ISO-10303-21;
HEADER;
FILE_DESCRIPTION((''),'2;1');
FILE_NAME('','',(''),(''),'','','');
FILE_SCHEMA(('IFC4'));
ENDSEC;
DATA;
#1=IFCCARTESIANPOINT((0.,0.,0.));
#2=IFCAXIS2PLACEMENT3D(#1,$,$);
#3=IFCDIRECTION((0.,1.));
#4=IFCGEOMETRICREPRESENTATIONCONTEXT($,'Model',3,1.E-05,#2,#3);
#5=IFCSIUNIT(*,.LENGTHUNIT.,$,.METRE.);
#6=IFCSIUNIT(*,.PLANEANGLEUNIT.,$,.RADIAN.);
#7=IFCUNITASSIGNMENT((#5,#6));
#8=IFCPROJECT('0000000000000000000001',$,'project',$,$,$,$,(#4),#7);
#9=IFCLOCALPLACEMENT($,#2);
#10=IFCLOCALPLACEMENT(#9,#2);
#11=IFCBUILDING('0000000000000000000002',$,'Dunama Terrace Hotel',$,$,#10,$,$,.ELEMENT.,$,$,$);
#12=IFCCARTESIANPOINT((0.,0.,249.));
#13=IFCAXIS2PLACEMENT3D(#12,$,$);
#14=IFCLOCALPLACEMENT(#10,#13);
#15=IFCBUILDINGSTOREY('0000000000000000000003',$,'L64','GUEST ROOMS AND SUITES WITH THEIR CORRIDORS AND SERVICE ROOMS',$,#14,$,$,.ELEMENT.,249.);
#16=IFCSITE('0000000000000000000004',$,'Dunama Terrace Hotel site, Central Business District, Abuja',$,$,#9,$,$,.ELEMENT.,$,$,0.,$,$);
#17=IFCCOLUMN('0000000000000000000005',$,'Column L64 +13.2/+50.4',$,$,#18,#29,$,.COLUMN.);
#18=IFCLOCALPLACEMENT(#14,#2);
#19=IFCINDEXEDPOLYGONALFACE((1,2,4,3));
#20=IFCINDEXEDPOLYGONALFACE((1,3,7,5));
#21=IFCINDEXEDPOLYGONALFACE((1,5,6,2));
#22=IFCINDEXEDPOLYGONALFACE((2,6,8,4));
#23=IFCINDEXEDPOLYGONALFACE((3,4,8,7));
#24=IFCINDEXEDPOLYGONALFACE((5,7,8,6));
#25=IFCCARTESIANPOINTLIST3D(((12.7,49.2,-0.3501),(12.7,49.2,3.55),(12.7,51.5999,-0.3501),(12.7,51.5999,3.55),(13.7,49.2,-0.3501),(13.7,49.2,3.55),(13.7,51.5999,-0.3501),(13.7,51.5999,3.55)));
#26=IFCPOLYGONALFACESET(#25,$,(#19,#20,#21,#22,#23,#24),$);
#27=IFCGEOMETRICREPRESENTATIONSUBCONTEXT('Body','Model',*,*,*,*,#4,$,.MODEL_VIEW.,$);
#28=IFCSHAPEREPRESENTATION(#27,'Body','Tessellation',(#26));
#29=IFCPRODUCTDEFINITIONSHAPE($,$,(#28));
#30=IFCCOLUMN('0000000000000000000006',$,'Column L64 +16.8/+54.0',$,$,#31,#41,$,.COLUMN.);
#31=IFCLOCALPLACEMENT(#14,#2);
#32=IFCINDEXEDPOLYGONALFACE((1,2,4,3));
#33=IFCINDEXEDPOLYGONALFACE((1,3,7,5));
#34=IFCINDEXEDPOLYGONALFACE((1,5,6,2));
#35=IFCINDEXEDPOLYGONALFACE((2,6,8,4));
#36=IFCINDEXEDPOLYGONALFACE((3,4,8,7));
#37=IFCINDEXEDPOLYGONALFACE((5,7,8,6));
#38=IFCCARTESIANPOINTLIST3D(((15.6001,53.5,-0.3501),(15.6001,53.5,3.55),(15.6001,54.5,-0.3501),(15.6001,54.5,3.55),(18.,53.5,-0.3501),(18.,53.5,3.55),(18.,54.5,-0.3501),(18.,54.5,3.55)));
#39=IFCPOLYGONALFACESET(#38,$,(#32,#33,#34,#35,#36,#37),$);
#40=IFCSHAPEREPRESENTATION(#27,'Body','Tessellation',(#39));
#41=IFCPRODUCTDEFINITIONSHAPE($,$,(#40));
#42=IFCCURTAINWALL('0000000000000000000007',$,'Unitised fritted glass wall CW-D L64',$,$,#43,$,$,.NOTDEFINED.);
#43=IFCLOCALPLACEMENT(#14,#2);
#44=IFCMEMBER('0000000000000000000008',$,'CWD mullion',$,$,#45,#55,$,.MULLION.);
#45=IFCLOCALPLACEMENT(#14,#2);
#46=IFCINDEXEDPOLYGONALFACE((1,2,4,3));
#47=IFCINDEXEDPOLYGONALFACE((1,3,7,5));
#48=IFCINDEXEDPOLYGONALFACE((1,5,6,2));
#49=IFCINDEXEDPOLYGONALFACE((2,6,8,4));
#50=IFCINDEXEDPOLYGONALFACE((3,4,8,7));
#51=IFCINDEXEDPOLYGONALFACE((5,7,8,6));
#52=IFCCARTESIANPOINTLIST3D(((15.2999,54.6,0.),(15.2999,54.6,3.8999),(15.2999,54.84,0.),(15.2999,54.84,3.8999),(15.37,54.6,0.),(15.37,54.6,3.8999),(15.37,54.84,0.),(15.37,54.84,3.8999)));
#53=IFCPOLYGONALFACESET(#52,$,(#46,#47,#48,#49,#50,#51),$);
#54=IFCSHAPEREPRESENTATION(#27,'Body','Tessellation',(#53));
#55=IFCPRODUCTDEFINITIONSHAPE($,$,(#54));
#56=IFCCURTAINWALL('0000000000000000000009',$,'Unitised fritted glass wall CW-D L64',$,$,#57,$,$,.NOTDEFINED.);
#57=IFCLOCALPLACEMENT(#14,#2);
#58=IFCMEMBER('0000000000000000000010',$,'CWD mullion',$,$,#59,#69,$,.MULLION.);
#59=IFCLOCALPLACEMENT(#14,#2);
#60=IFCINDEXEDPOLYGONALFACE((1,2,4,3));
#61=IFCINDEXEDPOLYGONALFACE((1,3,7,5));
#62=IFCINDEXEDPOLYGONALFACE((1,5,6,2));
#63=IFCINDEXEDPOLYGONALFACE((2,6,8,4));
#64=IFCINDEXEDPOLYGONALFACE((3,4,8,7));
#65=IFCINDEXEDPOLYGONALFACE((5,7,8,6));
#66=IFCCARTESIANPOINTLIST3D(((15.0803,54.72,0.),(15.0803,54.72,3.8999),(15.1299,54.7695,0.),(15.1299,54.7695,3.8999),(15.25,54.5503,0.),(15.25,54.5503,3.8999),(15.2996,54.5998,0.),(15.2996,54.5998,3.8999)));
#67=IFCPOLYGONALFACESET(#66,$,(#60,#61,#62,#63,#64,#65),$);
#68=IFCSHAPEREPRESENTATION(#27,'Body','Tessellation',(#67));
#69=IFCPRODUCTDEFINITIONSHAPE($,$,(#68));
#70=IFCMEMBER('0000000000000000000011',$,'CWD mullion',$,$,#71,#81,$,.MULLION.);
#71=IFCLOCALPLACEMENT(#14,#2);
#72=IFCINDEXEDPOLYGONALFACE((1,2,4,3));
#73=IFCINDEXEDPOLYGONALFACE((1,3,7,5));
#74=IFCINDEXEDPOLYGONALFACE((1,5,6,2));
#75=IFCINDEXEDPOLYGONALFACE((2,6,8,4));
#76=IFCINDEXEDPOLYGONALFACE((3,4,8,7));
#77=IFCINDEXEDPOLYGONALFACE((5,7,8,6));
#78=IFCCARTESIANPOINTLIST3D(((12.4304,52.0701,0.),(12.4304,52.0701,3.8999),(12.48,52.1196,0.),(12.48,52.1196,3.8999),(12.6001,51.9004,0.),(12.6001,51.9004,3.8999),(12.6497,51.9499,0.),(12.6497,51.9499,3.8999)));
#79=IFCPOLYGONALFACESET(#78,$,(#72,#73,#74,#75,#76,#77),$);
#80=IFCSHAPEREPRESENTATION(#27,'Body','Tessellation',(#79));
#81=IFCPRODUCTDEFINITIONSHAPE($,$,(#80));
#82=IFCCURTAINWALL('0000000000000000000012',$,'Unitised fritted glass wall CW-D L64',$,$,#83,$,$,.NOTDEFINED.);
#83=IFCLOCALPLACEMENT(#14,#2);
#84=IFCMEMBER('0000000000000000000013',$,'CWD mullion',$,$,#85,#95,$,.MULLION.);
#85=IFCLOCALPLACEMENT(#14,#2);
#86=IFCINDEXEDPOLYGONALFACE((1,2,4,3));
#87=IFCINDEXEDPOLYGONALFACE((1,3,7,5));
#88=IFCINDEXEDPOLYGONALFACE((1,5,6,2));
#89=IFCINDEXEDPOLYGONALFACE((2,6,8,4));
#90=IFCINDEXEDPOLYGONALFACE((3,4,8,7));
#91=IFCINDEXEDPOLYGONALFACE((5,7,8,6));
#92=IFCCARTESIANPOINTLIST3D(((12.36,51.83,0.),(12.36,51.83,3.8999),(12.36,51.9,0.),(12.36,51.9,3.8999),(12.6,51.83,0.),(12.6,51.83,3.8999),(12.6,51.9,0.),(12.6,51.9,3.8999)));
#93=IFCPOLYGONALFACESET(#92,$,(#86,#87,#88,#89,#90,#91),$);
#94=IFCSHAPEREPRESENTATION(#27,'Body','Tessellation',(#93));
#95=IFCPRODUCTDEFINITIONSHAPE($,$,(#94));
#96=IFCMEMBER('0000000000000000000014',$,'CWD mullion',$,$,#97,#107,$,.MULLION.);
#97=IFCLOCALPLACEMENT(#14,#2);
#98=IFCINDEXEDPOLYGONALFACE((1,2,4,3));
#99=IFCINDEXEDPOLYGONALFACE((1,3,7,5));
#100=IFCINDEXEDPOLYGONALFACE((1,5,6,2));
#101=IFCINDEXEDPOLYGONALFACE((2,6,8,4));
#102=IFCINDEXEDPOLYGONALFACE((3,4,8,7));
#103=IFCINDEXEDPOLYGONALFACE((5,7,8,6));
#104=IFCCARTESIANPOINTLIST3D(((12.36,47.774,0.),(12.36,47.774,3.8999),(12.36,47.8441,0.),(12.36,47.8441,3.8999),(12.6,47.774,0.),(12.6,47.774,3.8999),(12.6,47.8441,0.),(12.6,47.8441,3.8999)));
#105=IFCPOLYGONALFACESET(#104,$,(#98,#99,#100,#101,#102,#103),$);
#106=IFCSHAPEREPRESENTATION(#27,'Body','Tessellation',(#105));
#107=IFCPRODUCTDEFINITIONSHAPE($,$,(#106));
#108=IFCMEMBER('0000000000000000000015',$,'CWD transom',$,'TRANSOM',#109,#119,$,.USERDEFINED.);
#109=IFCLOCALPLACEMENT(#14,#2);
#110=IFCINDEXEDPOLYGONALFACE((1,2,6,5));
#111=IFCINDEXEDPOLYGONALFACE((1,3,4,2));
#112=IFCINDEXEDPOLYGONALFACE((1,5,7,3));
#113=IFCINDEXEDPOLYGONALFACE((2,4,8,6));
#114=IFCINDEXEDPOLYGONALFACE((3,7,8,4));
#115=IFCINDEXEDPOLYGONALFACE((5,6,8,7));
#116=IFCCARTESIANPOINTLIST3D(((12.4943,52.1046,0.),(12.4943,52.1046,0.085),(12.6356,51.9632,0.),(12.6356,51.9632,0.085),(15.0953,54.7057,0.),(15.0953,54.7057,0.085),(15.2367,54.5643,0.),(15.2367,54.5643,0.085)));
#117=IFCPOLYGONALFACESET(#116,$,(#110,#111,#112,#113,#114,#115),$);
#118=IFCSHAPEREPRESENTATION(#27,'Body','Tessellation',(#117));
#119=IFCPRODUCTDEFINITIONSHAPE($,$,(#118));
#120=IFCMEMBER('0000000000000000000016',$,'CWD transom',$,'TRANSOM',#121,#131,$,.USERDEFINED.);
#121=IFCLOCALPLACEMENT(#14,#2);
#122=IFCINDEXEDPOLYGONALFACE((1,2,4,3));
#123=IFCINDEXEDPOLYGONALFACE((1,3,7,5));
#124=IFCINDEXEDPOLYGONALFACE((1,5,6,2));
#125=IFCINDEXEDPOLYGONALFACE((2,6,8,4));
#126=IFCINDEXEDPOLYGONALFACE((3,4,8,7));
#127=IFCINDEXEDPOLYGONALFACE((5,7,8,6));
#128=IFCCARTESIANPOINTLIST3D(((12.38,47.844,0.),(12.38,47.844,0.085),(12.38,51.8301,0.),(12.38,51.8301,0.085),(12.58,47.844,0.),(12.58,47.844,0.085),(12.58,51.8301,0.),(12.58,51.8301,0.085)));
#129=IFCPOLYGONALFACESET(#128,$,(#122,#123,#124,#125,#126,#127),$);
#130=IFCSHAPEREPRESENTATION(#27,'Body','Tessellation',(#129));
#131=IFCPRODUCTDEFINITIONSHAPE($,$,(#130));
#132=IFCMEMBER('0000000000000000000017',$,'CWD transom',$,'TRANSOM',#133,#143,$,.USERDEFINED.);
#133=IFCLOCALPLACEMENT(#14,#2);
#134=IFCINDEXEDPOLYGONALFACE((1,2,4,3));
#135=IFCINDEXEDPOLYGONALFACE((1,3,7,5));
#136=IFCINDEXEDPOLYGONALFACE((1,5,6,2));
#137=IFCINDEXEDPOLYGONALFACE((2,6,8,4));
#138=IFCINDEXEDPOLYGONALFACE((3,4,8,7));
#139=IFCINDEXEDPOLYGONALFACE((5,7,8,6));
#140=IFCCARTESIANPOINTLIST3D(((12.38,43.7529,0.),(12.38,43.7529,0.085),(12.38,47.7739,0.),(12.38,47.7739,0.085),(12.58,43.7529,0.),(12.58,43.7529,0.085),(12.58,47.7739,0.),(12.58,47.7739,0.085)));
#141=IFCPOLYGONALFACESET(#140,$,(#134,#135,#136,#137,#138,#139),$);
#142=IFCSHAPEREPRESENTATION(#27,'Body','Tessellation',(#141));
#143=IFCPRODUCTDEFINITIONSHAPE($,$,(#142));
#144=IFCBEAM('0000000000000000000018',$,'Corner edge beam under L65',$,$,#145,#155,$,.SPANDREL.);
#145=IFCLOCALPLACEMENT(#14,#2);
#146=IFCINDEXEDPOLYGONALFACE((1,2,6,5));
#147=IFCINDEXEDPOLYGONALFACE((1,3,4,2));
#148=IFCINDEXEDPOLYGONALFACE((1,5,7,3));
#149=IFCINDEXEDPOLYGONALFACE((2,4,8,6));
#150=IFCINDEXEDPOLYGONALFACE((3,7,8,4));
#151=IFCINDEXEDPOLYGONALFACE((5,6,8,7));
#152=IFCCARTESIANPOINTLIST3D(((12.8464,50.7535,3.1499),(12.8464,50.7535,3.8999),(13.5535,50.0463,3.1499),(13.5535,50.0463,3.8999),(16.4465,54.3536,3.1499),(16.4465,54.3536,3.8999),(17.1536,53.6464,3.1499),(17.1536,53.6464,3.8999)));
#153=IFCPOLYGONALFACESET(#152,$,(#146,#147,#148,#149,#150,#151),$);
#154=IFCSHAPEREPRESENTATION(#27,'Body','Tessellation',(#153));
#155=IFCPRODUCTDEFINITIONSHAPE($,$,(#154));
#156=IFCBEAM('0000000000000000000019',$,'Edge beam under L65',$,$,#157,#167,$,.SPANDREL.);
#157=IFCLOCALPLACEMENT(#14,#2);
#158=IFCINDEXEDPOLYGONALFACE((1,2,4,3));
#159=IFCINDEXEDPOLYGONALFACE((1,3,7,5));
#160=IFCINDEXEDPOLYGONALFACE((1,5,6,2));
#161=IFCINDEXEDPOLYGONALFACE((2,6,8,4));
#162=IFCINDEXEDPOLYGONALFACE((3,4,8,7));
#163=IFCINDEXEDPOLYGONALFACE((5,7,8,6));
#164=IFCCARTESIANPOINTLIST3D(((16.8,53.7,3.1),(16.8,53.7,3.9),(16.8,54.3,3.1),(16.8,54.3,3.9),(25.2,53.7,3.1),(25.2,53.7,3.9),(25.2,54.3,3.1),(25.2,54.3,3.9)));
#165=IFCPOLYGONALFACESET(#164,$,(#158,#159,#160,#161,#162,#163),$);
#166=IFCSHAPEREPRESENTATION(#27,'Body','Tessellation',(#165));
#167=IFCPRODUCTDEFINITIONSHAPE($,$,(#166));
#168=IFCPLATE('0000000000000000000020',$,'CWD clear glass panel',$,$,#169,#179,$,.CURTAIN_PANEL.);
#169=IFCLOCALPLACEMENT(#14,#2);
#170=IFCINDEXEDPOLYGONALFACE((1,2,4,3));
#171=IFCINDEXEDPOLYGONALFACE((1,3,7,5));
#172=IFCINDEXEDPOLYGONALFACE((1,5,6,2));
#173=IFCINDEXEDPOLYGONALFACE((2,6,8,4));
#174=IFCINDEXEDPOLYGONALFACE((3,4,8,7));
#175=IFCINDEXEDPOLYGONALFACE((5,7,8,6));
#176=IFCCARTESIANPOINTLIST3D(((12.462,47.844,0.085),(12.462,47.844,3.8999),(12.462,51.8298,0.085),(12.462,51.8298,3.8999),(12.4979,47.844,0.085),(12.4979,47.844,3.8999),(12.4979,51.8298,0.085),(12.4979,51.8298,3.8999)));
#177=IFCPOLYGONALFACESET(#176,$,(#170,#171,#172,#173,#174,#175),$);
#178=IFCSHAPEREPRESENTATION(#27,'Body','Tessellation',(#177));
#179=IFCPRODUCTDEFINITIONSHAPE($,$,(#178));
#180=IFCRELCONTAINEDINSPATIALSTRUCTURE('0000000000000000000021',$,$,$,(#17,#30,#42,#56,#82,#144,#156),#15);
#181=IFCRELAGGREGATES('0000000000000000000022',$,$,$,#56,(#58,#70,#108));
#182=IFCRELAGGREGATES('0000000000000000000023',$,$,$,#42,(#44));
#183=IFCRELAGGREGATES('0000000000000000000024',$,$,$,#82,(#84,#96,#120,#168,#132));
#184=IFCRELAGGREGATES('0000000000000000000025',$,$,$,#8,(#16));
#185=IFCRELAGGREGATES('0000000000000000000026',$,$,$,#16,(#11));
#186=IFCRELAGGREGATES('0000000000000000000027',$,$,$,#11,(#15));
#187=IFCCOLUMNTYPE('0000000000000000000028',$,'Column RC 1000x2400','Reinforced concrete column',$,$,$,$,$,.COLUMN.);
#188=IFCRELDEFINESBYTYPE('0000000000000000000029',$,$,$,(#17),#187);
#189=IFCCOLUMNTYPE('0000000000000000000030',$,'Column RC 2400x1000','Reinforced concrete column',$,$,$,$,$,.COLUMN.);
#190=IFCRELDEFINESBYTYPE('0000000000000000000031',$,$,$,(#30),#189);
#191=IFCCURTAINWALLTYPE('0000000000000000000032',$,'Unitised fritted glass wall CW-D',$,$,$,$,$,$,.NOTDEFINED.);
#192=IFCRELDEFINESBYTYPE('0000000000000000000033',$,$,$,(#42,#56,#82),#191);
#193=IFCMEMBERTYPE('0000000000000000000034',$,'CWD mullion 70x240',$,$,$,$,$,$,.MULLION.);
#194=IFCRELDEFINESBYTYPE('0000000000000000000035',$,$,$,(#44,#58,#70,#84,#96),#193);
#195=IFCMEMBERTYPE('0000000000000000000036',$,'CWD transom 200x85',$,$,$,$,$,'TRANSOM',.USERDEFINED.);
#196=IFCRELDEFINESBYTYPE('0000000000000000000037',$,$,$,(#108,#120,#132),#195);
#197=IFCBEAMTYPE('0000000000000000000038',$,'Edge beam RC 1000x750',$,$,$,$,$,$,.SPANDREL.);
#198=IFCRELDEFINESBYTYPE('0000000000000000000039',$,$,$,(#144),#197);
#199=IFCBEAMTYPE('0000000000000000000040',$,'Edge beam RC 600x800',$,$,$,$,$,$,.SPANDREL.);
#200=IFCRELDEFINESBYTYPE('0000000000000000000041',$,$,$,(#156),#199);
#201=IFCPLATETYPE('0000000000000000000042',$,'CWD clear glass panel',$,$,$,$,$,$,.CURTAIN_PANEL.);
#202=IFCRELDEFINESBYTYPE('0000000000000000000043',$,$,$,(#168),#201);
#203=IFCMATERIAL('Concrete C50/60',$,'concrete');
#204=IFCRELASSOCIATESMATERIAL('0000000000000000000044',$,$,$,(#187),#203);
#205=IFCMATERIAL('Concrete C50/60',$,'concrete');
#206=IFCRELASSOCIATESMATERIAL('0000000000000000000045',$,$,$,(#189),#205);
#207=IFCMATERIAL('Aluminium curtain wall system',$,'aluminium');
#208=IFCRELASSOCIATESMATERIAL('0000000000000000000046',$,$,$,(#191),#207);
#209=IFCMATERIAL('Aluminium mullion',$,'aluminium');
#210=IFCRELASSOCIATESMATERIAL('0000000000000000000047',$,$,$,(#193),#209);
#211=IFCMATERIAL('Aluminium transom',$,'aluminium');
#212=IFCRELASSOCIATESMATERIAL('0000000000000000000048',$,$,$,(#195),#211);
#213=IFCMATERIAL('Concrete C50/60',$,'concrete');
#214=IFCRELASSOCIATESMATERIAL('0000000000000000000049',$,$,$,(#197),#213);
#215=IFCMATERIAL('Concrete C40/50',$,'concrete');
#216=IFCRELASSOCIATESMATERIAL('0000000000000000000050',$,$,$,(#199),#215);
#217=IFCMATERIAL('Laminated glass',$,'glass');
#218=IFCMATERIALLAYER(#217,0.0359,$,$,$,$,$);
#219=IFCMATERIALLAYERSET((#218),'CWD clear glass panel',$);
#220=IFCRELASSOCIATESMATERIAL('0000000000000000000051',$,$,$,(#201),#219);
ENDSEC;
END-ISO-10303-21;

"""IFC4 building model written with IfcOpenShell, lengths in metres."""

from ifc_helpers import new_model, si_unit, direction, frame, origin, origin_2d, place, context, subcontext, project, spatial, rectangle, extrude, material, layer, layer_set, material_profile, profile_set, type_object, element, aggregate, save


model = new_model("IFC4")

# Units and contexts
model_context = context("Model", 3, precision=1e-05, world=origin(), true_north=direction((0.0, 1.0)))
body_context = subcontext(model_context, "Body", "Model", "MODEL_VIEW")
ifc_project = project(units=[si_unit("LENGTHUNIT", "METRE"), si_unit("PLANEANGLEUNIT", "RADIAN")], contexts=[model_context])

# Site, building, storey
site_placement = place(None, origin())
site = spatial("IfcSite", under=ifc_project, at=site_placement, Name="Dunama Terrace Hotel site, Central Business District, Abuja", CompositionType="ELEMENT", RefElevation=0.0)
building_placement = place(site_placement, origin())
building = spatial("IfcBuilding", under=site, at=building_placement, Name="Dunama Terrace Hotel", CompositionType="ELEMENT")
storey_placement = place(building_placement, frame((0.0, 0.0, 249.0)))
storey = spatial("IfcBuildingStorey", under=building, at=storey_placement, Name="L64", Description="GUEST ROOMS AND SUITES WITH THEIR CORRIDORS AND SERVICE ROOMS", CompositionType="ELEMENT", Elevation=249.0)

# Columns
ifc_material_1 = material(Name="Concrete C50/60", Category="concrete")
ifc_material_profile_1 = material_profile(ifc_material_1, rectangle(XDim=1.0, YDim=2.3999, at=origin_2d()), Name="RC 1000x2400")
ifc_profile_set_1 = profile_set([ifc_material_profile_1], Name="Concrete C50/60")
column_type_1 = type_object("IfcColumnType", Name="Column RC 1000x2400", Description="Reinforced concrete column", PredefinedType="COLUMN", material=ifc_profile_set_1)
column_1_placement = place(storey_placement, frame((13.2, 50.3999, -0.3501), z_axis=(0.0, 0.0, 1.0), x_axis=(1.0, 0.0, 0.0)))
element("IfcColumn", 1, at=column_1_placement, inside=storey, type_object=column_type_1, Name="Column L64 +13.2/+50.4", PredefinedType="COLUMN", context=body_context, shape_type="SweptSolid", body=[
    extrude(rectangle(XDim=1.0, YDim=2.3999, at=origin_2d()), origin(), (0.0, 0.0, 1.0), 3.9001),
])
ifc_material_2 = material(Name="Concrete C50/60", Category="concrete")
ifc_material_profile_2 = material_profile(ifc_material_2, rectangle(XDim=2.3999, YDim=1.0, at=origin_2d()), Name="RC 2400x1000")
ifc_profile_set_2 = profile_set([ifc_material_profile_2], Name="Concrete C50/60")
column_type_2 = type_object("IfcColumnType", Name="Column RC 2400x1000", Description="Reinforced concrete column", PredefinedType="COLUMN", material=ifc_profile_set_2)
column_2_placement = place(storey_placement, frame((16.8, 54.0, -0.3501), z_axis=(0.0, 0.0, 1.0), x_axis=(1.0, 0.0, 0.0)))
element("IfcColumn", 2, at=column_2_placement, inside=storey, type_object=column_type_2, Name="Column L64 +16.8/+54.0", PredefinedType="COLUMN", context=body_context, shape_type="SweptSolid", body=[
    extrude(rectangle(XDim=2.3999, YDim=1.0, at=origin_2d()), origin(), (0.0, 0.0, 1.0), 3.9001),
])

# Curtain wall, member
ifc_material_3 = material(Name="Aluminium curtain wall system", Category="aluminium")
curtain_wall_type = type_object("IfcCurtainWallType", Name="Unitised fritted glass wall CW-D", PredefinedType="NOTDEFINED", material=ifc_material_3)
curtain_wall_1_placement = place(storey_placement, origin())
curtain_wall_1 = element("IfcCurtainWall", 3, at=curtain_wall_1_placement, inside=storey, type_object=curtain_wall_type, Name="Unitised fritted glass wall CW-D L64", PredefinedType="NOTDEFINED")
ifc_material_4 = material(Name="Aluminium mullion", Category="aluminium")
ifc_material_profile_3 = material_profile(ifc_material_4, rectangle(XDim=0.0701, YDim=0.24, at=origin_2d()), Name="CWD MULLION 70X240")
ifc_profile_set_3 = profile_set([ifc_material_profile_3], Name="Aluminium mullion")
member_type_1 = type_object("IfcMemberType", Name="CWD mullion 70x240", PredefinedType="MULLION", material=ifc_profile_set_3)
member_1_placement = place(storey_placement, frame((15.335, 54.72, 0.0), z_axis=(0.0, 0.0, 1.0), x_axis=(-1.0, 0.0, 0.0)))
member_1 = element("IfcMember", 4, at=member_1_placement, type_object=member_type_1, Name="CWD mullion", PredefinedType="MULLION", context=body_context, shape_type="SweptSolid", body=[
    extrude(rectangle(XDim=0.0701, YDim=0.24, at=origin_2d()), origin(), (0.0, 0.0, 1.0), 3.8999),
])

# Curtain walls, members
curtain_wall_2_placement = place(storey_placement, origin())
curtain_wall_2 = element("IfcCurtainWall", 5, at=curtain_wall_2_placement, inside=storey, type_object=curtain_wall_type, Name="Unitised fritted glass wall CW-D L64", PredefinedType="NOTDEFINED")
member_2_placement = place(storey_placement, frame((15.1899, 54.6599, 0.0), z_axis=(0.0, 0.0, 1.0), x_axis=(-0.707107, -0.707107, 0.0)))
member_2 = element("IfcMember", 6, at=member_2_placement, type_object=member_type_1, Name="CWD mullion", PredefinedType="MULLION", context=body_context, shape_type="SweptSolid", body=[
    extrude(rectangle(XDim=0.0701, YDim=0.24, at=origin_2d()), origin(), (0.0, 0.0, 1.0), 3.8999),
])
member_3_placement = place(storey_placement, frame((12.54, 52.01, 0.0), z_axis=(0.0, 0.0, 1.0), x_axis=(-0.707107, -0.707107, 0.0)))
member_3 = element("IfcMember", 7, at=member_3_placement, type_object=member_type_1, Name="CWD mullion", PredefinedType="MULLION", context=body_context, shape_type="SweptSolid", body=[
    extrude(rectangle(XDim=0.0701, YDim=0.24, at=origin_2d()), origin(), (0.0, 0.0, 1.0), 3.8999),
])
curtain_wall_3_placement = place(storey_placement, origin())
curtain_wall_3 = element("IfcCurtainWall", 8, at=curtain_wall_3_placement, inside=storey, type_object=curtain_wall_type, Name="Unitised fritted glass wall CW-D L64", PredefinedType="NOTDEFINED")
member_4_placement = place(storey_placement, frame((12.48, 51.865, 0.0), z_axis=(0.0, 0.0, 1.0), x_axis=(0.0, -1.0, 0.0)))
member_4 = element("IfcMember", 9, at=member_4_placement, type_object=member_type_1, Name="CWD mullion", PredefinedType="MULLION", context=body_context, shape_type="SweptSolid", body=[
    extrude(rectangle(XDim=0.0701, YDim=0.24, at=origin_2d()), origin(), (0.0, 0.0, 1.0), 3.8999),
])
member_5_placement = place(storey_placement, frame((12.48, 47.8091, 0.0), z_axis=(0.0, 0.0, 1.0), x_axis=(0.0, -1.0, 0.0)))
member_5 = element("IfcMember", 10, at=member_5_placement, type_object=member_type_1, Name="CWD mullion", PredefinedType="MULLION", context=body_context, shape_type="SweptSolid", body=[
    extrude(rectangle(XDim=0.0701, YDim=0.24, at=origin_2d()), origin(), (0.0, 0.0, 1.0), 3.8999),
])

# Members
ifc_material_5 = material(Name="Aluminium transom", Category="aluminium")
ifc_material_profile_4 = material_profile(ifc_material_5, rectangle(XDim=0.2, YDim=0.085, at=origin_2d()), Name="CWD TRANSOM 200X85")
ifc_profile_set_4 = profile_set([ifc_material_profile_4], Name="Aluminium transom")
member_type_2 = type_object("IfcMemberType", Name="CWD transom 200x85", ElementType="TRANSOM", PredefinedType="USERDEFINED", material=ifc_profile_set_4)
member_6_placement = place(storey_placement, frame((15.166, 54.635, 0.0425), z_axis=(-0.707107, -0.707107, 0.0), x_axis=(0.707107, -0.707107, 0.0)))
member_6 = element("IfcMember", 11, at=member_6_placement, type_object=member_type_2, Name="CWD transom", ObjectType="TRANSOM", PredefinedType="USERDEFINED", context=body_context, shape_type="SweptSolid", body=[
    extrude(rectangle(XDim=0.2, YDim=0.085, at=origin_2d()), origin(), (0.0, 0.0, 1.0), 3.6785),
])
member_7_placement = place(storey_placement, frame((12.48, 51.8301, 0.0425), z_axis=(0.0, -1.0, 0.0), x_axis=(1.0, 0.0, 0.0)))
member_7 = element("IfcMember", 12, at=member_7_placement, type_object=member_type_2, Name="CWD transom", ObjectType="TRANSOM", PredefinedType="USERDEFINED", context=body_context, shape_type="SweptSolid", body=[
    extrude(rectangle(XDim=0.2, YDim=0.085, at=origin_2d()), origin(), (0.0, 0.0, 1.0), 3.9861),
])
member_8_placement = place(storey_placement, frame((12.48, 47.7739, 0.0425), z_axis=(0.0, -1.0, 0.0), x_axis=(1.0, 0.0, 0.0)))
member_8 = element("IfcMember", 13, at=member_8_placement, type_object=member_type_2, Name="CWD transom", ObjectType="TRANSOM", PredefinedType="USERDEFINED", context=body_context, shape_type="SweptSolid", body=[
    extrude(rectangle(XDim=0.2, YDim=0.085, at=origin_2d()), origin(), (0.0, 0.0, 1.0), 4.021),
])

# Beams
ifc_material_6 = material(Name="Concrete C50/60", Category="concrete")
ifc_material_profile_5 = material_profile(ifc_material_6, rectangle(XDim=1.0, YDim=0.75, at=origin_2d()), Name="RC 1000x750")
ifc_profile_set_5 = profile_set([ifc_material_profile_5], Name="Concrete C50/60")
beam_type_1 = type_object("IfcBeamType", Name="Edge beam RC 1000x750", PredefinedType="SPANDREL", material=ifc_profile_set_5)
beam_1_placement = place(storey_placement, frame((16.8, 54.0, 3.5249), z_axis=(-0.707107, -0.707107, 0.0), x_axis=(0.707107, -0.707107, 0.0)))
element("IfcBeam", 14, at=beam_1_placement, inside=storey, type_object=beam_type_1, Name="Corner edge beam under L65", PredefinedType="SPANDREL", context=body_context, shape_type="SweptSolid", body=[
    extrude(rectangle(XDim=1.0, YDim=0.75, at=origin_2d()), origin(), (0.0, 0.0, 1.0), 5.0913),
])
ifc_material_7 = material(Name="Concrete C40/50", Category="concrete")
ifc_material_profile_6 = material_profile(ifc_material_7, rectangle(XDim=0.6001, YDim=0.8, at=origin_2d()), Name="RC 600x800")
ifc_profile_set_6 = profile_set([ifc_material_profile_6], Name="Concrete C40/50")
beam_type_2 = type_object("IfcBeamType", Name="Edge beam RC 600x800", PredefinedType="SPANDREL", material=ifc_profile_set_6)
beam_2_placement = place(storey_placement, frame((16.8, 54.0, 3.5), z_axis=(1.0, 0.0, 0.0), x_axis=(0.0, 1.0, 0.0)))
element("IfcBeam", 15, at=beam_2_placement, inside=storey, type_object=beam_type_2, Name="Edge beam under L65", PredefinedType="SPANDREL", context=body_context, shape_type="SweptSolid", body=[
    extrude(rectangle(XDim=0.6001, YDim=0.8, at=origin_2d()), origin(), (0.0, 0.0, 1.0), 8.3999),
])

# Plate
ifc_material_8 = material(Name="Laminated glass", Category="glass")
ifc_layer_1 = layer(ifc_material_8, 0.0359)
ifc_layer_set_1 = layer_set([ifc_layer_1], Name="CWD clear glass panel")
plate_type_1 = type_object("IfcPlateType", Name="CWD clear glass panel", PredefinedType="CURTAIN_PANEL", material=ifc_layer_set_1)
plate_1_placement = place(storey_placement, frame((12.48, 49.8369, 0.085), z_axis=(0.0, 0.0, 1.0), x_axis=(0.0, -1.0, 0.0)))
plate_1 = element("IfcPlate", 16, at=plate_1_placement, type_object=plate_type_1, Name="CWD clear glass panel", PredefinedType="CURTAIN_PANEL", context=body_context, shape_type="SweptSolid", body=[
    extrude(rectangle(XDim=3.9858, YDim=0.0359, at=origin_2d()), origin(), (0.0, 0.0, 1.0), 3.8149),
])
aggregate(curtain_wall_2, [member_2, member_3, member_6])
aggregate(curtain_wall_1, [member_1])
aggregate(curtain_wall_3, [member_4, member_5, member_7, plate_1, member_8])

save(model, "model.ifc")
